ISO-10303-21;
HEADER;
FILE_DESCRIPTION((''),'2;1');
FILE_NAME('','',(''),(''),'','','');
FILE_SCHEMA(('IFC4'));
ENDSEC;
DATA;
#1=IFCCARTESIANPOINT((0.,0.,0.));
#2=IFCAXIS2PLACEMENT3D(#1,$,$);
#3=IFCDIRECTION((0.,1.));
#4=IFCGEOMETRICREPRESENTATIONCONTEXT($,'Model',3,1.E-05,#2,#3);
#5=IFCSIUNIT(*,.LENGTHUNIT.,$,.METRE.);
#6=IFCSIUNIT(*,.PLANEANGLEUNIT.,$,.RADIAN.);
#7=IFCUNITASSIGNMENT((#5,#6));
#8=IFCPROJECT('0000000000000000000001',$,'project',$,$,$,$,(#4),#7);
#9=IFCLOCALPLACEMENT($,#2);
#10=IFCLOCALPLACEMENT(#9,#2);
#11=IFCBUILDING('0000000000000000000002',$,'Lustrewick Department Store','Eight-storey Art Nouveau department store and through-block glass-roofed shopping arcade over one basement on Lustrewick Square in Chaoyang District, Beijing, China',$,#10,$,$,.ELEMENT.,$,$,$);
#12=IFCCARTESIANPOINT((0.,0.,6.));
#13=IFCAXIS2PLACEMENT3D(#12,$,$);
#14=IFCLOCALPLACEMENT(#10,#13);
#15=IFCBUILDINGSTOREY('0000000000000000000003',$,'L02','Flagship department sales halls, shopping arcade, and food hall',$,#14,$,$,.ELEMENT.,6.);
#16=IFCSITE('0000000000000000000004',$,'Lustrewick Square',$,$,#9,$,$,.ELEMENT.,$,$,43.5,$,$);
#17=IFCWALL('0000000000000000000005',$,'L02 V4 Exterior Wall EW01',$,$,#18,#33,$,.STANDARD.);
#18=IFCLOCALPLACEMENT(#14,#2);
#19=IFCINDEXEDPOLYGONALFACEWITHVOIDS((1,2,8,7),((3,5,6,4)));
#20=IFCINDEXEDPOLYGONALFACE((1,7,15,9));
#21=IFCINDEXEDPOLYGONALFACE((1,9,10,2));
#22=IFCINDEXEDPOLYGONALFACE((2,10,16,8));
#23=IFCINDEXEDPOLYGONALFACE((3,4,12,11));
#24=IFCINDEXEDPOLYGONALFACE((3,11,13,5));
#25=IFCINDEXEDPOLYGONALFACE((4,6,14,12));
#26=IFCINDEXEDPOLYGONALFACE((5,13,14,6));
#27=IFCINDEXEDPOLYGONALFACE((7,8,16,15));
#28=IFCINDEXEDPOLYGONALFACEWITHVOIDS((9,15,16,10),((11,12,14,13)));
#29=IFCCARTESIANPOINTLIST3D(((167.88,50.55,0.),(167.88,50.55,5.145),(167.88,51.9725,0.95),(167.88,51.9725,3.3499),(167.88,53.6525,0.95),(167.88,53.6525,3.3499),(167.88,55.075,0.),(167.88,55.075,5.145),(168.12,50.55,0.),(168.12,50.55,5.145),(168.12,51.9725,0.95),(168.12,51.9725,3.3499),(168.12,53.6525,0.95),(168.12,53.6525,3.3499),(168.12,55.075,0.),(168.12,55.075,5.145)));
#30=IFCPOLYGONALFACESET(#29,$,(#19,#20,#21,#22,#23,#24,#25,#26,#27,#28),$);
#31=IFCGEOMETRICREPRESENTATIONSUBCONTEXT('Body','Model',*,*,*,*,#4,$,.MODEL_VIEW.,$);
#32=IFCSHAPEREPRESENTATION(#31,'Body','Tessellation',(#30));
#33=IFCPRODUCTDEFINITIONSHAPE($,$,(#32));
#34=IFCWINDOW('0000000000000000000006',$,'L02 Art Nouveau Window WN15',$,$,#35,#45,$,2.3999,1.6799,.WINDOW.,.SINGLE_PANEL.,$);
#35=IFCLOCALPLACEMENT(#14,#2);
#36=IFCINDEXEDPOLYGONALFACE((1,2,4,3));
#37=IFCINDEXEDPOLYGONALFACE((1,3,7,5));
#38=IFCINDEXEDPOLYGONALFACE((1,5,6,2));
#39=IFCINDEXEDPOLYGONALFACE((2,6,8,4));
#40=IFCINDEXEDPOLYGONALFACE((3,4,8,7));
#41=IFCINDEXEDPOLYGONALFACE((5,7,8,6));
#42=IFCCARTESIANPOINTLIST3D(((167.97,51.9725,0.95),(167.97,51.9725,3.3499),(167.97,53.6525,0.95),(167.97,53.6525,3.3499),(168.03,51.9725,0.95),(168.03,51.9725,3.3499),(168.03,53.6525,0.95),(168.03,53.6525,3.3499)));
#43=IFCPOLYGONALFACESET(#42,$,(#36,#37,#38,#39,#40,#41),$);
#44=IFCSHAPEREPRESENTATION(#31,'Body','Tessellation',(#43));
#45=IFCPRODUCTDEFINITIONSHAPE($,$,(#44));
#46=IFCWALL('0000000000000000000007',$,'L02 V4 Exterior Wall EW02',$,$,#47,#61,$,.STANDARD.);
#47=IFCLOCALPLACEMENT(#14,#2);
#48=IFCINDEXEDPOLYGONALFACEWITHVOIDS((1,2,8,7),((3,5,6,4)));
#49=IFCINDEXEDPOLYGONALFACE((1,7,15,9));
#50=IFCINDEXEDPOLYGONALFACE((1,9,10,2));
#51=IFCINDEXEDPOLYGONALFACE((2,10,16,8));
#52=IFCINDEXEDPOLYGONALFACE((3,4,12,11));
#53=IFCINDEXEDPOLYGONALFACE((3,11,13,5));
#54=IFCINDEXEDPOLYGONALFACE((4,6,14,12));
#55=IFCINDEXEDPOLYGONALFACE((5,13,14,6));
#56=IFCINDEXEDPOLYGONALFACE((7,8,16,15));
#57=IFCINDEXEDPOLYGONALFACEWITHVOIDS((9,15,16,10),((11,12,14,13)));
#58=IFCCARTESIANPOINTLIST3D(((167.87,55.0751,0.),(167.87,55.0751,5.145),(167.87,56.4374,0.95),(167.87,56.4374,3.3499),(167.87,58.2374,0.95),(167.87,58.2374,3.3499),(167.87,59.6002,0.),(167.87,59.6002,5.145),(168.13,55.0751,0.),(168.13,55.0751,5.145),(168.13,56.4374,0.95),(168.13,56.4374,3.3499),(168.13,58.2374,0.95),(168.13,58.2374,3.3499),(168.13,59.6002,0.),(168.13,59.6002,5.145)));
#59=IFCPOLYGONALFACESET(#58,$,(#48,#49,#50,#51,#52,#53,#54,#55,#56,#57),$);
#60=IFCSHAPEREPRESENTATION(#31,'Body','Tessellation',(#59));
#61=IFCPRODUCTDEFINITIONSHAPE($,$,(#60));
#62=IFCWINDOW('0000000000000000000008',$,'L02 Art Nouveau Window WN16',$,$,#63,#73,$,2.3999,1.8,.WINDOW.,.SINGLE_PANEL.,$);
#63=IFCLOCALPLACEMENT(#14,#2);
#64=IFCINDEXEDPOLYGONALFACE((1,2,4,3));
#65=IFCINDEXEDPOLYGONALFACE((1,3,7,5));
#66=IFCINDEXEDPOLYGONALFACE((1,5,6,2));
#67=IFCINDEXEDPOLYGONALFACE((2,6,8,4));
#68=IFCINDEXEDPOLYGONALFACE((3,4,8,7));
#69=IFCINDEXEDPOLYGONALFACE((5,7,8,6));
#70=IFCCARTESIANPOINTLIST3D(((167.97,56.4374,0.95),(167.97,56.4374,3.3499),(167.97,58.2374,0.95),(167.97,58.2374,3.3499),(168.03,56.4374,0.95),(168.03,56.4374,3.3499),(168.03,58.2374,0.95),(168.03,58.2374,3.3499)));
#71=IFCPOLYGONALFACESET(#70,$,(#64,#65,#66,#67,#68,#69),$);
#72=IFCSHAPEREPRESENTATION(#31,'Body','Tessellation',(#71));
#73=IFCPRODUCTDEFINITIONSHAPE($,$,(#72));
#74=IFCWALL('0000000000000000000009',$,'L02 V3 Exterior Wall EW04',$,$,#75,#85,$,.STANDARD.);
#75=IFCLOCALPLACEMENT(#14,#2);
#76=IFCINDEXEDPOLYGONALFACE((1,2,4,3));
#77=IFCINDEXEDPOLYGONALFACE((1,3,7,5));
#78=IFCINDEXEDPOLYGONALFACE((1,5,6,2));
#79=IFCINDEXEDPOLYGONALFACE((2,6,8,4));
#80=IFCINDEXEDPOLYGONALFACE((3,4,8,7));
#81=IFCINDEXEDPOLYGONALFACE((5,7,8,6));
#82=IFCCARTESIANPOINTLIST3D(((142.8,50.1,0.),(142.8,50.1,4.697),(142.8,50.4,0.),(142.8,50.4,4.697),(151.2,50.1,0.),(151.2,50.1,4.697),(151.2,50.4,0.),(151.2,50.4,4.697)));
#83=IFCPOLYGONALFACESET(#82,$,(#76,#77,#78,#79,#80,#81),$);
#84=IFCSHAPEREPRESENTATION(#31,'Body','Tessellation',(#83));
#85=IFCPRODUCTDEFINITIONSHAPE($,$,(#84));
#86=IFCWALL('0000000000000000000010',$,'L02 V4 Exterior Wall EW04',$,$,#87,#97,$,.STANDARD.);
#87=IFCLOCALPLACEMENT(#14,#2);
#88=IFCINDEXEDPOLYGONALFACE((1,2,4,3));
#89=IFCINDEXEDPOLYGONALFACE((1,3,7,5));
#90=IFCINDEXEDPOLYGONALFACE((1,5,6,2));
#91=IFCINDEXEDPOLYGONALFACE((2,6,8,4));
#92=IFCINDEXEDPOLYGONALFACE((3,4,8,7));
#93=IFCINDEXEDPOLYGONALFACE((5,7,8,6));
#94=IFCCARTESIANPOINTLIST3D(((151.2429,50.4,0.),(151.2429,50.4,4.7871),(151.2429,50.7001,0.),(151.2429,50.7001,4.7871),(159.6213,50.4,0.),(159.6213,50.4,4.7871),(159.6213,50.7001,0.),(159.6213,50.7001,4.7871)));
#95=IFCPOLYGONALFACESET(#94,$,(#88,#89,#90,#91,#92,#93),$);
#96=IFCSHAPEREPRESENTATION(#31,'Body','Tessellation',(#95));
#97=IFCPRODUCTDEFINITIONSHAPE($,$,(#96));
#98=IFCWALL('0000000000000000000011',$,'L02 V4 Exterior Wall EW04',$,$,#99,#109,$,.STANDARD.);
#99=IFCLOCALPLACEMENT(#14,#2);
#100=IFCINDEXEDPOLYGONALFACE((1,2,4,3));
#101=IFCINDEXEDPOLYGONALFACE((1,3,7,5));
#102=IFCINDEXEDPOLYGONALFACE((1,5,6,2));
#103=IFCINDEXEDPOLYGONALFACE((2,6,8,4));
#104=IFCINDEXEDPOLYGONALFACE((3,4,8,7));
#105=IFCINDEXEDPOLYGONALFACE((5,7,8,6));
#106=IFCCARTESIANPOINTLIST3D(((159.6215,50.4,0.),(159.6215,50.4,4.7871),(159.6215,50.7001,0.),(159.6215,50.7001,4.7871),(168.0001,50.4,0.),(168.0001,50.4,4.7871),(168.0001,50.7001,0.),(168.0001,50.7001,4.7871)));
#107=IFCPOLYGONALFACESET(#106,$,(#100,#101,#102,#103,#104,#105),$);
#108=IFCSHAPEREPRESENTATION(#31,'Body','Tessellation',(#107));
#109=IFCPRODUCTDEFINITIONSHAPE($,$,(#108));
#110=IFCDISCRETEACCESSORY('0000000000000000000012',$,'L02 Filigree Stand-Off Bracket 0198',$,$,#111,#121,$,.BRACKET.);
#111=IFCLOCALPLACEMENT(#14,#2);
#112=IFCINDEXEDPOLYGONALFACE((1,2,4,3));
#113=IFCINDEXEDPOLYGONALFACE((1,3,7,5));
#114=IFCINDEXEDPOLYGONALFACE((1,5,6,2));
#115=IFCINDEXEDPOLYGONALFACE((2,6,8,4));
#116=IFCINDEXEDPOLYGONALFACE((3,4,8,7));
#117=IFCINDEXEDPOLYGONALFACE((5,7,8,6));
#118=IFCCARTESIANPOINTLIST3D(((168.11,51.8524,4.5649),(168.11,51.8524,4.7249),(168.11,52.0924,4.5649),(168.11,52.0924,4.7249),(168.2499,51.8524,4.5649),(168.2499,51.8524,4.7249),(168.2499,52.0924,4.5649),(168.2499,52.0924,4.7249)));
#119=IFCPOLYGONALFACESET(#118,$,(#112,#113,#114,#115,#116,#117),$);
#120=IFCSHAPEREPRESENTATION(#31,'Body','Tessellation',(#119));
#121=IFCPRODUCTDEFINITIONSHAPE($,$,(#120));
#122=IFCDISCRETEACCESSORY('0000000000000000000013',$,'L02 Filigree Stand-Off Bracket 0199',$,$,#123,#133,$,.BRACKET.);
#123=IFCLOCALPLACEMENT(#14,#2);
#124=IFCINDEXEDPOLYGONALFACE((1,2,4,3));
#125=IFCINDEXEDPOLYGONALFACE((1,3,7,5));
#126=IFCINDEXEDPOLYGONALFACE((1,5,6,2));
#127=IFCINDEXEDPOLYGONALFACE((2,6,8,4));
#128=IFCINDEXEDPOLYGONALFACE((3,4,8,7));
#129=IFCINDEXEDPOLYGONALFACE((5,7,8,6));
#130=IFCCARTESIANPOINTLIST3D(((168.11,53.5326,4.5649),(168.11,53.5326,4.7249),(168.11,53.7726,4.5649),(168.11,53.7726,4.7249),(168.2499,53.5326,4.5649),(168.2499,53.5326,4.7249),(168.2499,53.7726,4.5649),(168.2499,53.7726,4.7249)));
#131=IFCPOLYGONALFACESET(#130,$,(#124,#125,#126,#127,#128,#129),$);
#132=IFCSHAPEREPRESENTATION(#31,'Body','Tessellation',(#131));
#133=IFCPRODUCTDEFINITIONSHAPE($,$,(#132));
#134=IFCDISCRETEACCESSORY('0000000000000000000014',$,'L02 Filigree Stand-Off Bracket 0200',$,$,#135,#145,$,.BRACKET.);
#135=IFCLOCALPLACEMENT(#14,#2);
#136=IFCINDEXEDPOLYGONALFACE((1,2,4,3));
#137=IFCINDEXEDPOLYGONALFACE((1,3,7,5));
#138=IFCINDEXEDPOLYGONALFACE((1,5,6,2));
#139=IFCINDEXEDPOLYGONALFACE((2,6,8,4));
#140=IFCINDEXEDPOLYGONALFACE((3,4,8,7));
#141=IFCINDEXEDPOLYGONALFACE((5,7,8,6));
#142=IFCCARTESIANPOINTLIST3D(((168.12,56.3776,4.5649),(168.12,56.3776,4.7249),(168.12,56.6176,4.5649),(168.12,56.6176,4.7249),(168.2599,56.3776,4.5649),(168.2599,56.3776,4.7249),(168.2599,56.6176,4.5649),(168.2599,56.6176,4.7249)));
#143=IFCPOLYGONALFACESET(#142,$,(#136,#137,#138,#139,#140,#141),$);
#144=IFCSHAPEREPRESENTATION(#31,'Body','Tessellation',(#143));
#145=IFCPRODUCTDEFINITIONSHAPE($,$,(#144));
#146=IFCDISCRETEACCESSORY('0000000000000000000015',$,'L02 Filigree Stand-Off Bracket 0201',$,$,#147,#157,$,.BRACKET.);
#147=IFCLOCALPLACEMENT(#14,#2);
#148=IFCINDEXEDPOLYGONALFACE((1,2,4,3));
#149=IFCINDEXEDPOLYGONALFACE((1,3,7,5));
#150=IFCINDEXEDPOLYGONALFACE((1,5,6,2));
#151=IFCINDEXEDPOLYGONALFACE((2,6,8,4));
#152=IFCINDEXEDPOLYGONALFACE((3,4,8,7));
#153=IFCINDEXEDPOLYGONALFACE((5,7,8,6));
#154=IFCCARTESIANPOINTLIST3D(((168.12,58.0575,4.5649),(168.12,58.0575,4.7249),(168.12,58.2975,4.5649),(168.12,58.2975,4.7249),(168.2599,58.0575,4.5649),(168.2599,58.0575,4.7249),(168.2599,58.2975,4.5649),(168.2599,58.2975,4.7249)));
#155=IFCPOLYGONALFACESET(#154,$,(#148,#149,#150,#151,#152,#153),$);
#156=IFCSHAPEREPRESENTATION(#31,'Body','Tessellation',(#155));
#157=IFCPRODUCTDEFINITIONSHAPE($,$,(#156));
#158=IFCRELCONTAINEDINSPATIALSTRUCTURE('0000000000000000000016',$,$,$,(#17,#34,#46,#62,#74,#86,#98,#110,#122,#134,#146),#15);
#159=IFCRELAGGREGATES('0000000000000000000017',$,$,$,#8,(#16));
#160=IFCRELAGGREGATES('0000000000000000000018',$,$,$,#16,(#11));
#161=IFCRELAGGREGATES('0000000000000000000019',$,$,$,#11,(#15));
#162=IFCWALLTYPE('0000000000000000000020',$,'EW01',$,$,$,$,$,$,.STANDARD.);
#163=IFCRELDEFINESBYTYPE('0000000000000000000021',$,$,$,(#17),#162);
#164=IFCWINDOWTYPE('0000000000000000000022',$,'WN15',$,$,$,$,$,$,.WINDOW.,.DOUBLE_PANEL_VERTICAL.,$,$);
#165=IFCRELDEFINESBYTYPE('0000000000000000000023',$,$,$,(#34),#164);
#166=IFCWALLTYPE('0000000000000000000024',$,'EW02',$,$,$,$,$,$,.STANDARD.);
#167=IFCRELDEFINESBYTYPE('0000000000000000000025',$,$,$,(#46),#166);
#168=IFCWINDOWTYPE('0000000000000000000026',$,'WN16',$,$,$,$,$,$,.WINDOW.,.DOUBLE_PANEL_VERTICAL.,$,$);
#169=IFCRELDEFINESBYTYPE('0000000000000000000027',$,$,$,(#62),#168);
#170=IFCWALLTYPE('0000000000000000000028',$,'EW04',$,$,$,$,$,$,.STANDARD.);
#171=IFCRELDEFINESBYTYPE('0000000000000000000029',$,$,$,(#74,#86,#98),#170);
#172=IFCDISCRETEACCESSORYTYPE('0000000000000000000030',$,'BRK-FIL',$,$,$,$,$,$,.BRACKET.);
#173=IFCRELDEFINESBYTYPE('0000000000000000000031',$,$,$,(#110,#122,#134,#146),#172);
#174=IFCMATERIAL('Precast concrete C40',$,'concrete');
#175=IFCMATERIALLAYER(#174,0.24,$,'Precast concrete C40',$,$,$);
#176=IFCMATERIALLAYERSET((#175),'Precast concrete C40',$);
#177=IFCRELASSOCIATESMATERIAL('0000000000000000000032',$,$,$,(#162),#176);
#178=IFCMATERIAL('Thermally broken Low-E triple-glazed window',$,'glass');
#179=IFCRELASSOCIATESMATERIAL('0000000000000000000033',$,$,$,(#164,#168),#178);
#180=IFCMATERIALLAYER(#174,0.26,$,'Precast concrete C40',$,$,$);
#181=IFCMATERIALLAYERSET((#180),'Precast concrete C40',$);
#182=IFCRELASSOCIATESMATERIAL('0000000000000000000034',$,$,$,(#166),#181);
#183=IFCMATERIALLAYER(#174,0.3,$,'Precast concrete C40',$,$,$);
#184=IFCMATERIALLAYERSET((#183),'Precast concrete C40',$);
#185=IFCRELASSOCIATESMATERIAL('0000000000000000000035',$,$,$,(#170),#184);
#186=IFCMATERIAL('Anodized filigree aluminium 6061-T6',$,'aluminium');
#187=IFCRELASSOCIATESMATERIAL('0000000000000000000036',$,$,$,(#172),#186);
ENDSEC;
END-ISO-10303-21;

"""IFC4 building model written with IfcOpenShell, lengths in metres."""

from ifc_helpers import new_model, si_unit, direction, frame, frame_2d, origin, origin_2d, place, context, subcontext, project, spatial, rectangle, extrude, material, layer, layer_set, type_object, element, fill, save


model = new_model("IFC4")

# Units and contexts
model_context = context("Model", 3, precision=1e-05, world=origin(), true_north=direction((0.0, 1.0)))
body_context = subcontext(model_context, "Body", "Model", "MODEL_VIEW")
ifc_project = project(units=[si_unit("LENGTHUNIT", "METRE"), si_unit("PLANEANGLEUNIT", "RADIAN")], contexts=[model_context])

# Site, building, storey
site_placement = place(None, origin())
site = spatial("IfcSite", under=ifc_project, at=site_placement, Name="Lustrewick Square", CompositionType="ELEMENT", RefElevation=43.5)
building_placement = place(site_placement, origin())
building = spatial("IfcBuilding", under=site, at=building_placement, Name="Lustrewick Department Store", Description="Eight-storey Art Nouveau department store and through-block glass-roofed shopping arcade over one basement on Lustrewick Square in Chaoyang District, Beijing, China", CompositionType="ELEMENT")
storey_placement = place(building_placement, frame((0.0, 0.0, 6.0)))
storey = spatial("IfcBuildingStorey", under=building, at=storey_placement, Name="L02", Description="Flagship department sales halls, shopping arcade, and food hall", CompositionType="ELEMENT", Elevation=6.0)

# Walls, openings, windows
ifc_material_1 = material(Name="Precast concrete C40", Category="concrete")
ifc_layer_1 = layer(ifc_material_1, 0.24, Name="Precast concrete C40")
ifc_layer_set_1 = layer_set([ifc_layer_1], Name="Precast concrete C40")
wall_type_1 = type_object("IfcWallType", Name="EW01", PredefinedType="STANDARD", material=ifc_layer_set_1)
wall_1_placement = place(storey_placement, frame((168.0, 50.55, 0.0), z_axis=(0.0, 0.0, 1.0), x_axis=(0.0, 1.0, 0.0)))
wall_1 = element("IfcWall", 1, at=wall_1_placement, inside=storey, type_object=wall_type_1, Name="L02 V4 Exterior Wall EW01", PredefinedType="STANDARD", context=body_context, shape_type="SweptSolid", body=[
    extrude(rectangle(XDim=4.5249, YDim=0.24, at=frame_2d((2.2625, 0.0))), origin(), (0.0, 0.0, 1.0), 5.145),
])
opening_1_placement = place(wall_1_placement, frame((1.4226, 0.0, 0.95)))
opening_1 = element("IfcOpeningElement", 2, at=opening_1_placement, cuts=wall_1, PredefinedType="OPENING", context=body_context, shape_type="SweptSolid", body=[
    extrude(rectangle(XDim=1.6799, YDim=2.3999, at=frame_2d((0.8398, 1.2))), frame((0.0, 0.1299, 0.0), z_axis=(0.0, -1.0, 0.0), x_axis=(1.0, 0.0, 0.0)), (0.0, 0.0, 1.0), 0.26),
])
ifc_material_2 = material(Name="Thermally broken Low-E triple-glazed window", Category="glass")
window_type_1 = type_object("IfcWindowType", Name="WN15", PartitioningType="DOUBLE_PANEL_VERTICAL", PredefinedType="WINDOW", material=ifc_material_2)
window_1_placement = place(opening_1_placement, origin())
window_1 = element("IfcWindow", 3, at=window_1_placement, inside=storey, type_object=window_type_1, Name="L02 Art Nouveau Window WN15", OverallHeight=2.3999, OverallWidth=1.6799, PartitioningType="SINGLE_PANEL", PredefinedType="WINDOW", context=body_context, shape_type="SweptSolid", body=[
    extrude(rectangle(XDim=1.6799, YDim=2.3999, at=frame_2d((0.8398, 1.2))), frame((0.0, 0.03, 0.0), z_axis=(0.0, -1.0, 0.0), x_axis=(1.0, 0.0, 0.0)), (0.0, 0.0, 1.0), 0.0601),
])
fill(opening_1, window_1)
ifc_layer_2 = layer(ifc_material_1, 0.26, Name="Precast concrete C40")
ifc_layer_set_2 = layer_set([ifc_layer_2], Name="Precast concrete C40")
wall_type_2 = type_object("IfcWallType", Name="EW02", PredefinedType="STANDARD", material=ifc_layer_set_2)
wall_2_placement = place(storey_placement, frame((168.0, 55.075, 0.0), z_axis=(0.0, 0.0, 1.0), x_axis=(0.0, 1.0, 0.0)))
wall_2 = element("IfcWall", 4, at=wall_2_placement, inside=storey, type_object=wall_type_2, Name="L02 V4 Exterior Wall EW02", PredefinedType="STANDARD", context=body_context, shape_type="SweptSolid", body=[
    extrude(rectangle(XDim=4.5251, YDim=0.26, at=frame_2d((2.2627, 0.0))), origin(), (0.0, 0.0, 1.0), 5.145),
])
opening_2_placement = place(wall_2_placement, frame((1.3625, 0.0, 0.95)))
opening_2 = element("IfcOpeningElement", 5, at=opening_2_placement, cuts=wall_2, PredefinedType="OPENING", context=body_context, shape_type="SweptSolid", body=[
    extrude(rectangle(XDim=1.8, YDim=2.3999, at=frame_2d((0.8999, 1.2))), frame((0.0, 0.1401, 0.0), z_axis=(0.0, -1.0, 0.0), x_axis=(1.0, 0.0, 0.0)), (0.0, 0.0, 1.0), 0.28),
])
window_type_2 = type_object("IfcWindowType", Name="WN16", PartitioningType="DOUBLE_PANEL_VERTICAL", PredefinedType="WINDOW", material=ifc_material_2)
window_2_placement = place(opening_2_placement, origin())
window_2 = element("IfcWindow", 6, at=window_2_placement, inside=storey, type_object=window_type_2, Name="L02 Art Nouveau Window WN16", OverallHeight=2.3999, OverallWidth=1.8, PartitioningType="SINGLE_PANEL", PredefinedType="WINDOW", context=body_context, shape_type="SweptSolid", body=[
    extrude(rectangle(XDim=1.8, YDim=2.3999, at=frame_2d((0.8999, 1.2))), frame((0.0, 0.03, 0.0), z_axis=(0.0, -1.0, 0.0), x_axis=(1.0, 0.0, 0.0)), (0.0, 0.0, 1.0), 0.0601),
])
fill(opening_2, window_2)

# Walls
ifc_layer_3 = layer(ifc_material_1, 0.3, Name="Precast concrete C40")
ifc_layer_set_3 = layer_set([ifc_layer_3], Name="Precast concrete C40")
wall_type_3 = type_object("IfcWallType", Name="EW04", PredefinedType="STANDARD", material=ifc_layer_set_3)
wall_3_placement = place(storey_placement, frame((151.2, 50.25, 0.0), z_axis=(0.0, 0.0, 1.0), x_axis=(-1.0, 0.0, 0.0)))
element("IfcWall", 7, at=wall_3_placement, inside=storey, type_object=wall_type_3, Name="L02 V3 Exterior Wall EW04", PredefinedType="STANDARD", context=body_context, shape_type="SweptSolid", body=[
    extrude(rectangle(XDim=8.3999, YDim=0.3, at=frame_2d((4.2, 0.0))), origin(), (0.0, 0.0, 1.0), 4.697),
])
wall_4_placement = place(storey_placement, frame((151.2429, 50.55, 0.0), z_axis=(0.0, 0.0, 1.0), x_axis=(1.0, 0.0, 0.0)))
element("IfcWall", 8, at=wall_4_placement, inside=storey, type_object=wall_type_3, Name="L02 V4 Exterior Wall EW04", PredefinedType="STANDARD", context=body_context, shape_type="SweptSolid", body=[
    extrude(rectangle(XDim=8.3784, YDim=0.3, at=frame_2d((4.1892, 0.0))), origin(), (0.0, 0.0, 1.0), 4.7871),
])
wall_5_placement = place(storey_placement, frame((159.6213, 50.55, 0.0), z_axis=(0.0, 0.0, 1.0), x_axis=(1.0, 0.0, 0.0)))
element("IfcWall", 9, at=wall_5_placement, inside=storey, type_object=wall_type_3, Name="L02 V4 Exterior Wall EW04", PredefinedType="STANDARD", context=body_context, shape_type="SweptSolid", body=[
    extrude(rectangle(XDim=8.3787, YDim=0.3, at=frame_2d((4.1895, 0.0))), origin(), (0.0, 0.0, 1.0), 4.7871),
])

# Discrete accessories
ifc_material_3 = material(Name="Anodized filigree aluminium 6061-T6", Category="aluminium")
discrete_accessory_type = type_object("IfcDiscreteAccessoryType", Name="BRK-FIL", PredefinedType="BRACKET", material=ifc_material_3)
for number, where, z_axis, x_axis, name in (
    (10, (168.1799, 51.9724, 4.5649), (0.0, 0.0, 1.0), (0.0, 1.0, 0.0), "L02 Filigree Stand-Off Bracket 0198"),
    (11, (168.1799, 53.6526, 4.5649), (0.0, 0.0, 1.0), (0.0, 1.0, 0.0), "L02 Filigree Stand-Off Bracket 0199"),
    (12, (168.1899, 56.4976, 4.5649), (0.0, 0.0, 1.0), (0.0, 1.0, 0.0), "L02 Filigree Stand-Off Bracket 0200"),
    (13, (168.1899, 58.1775, 4.5649), (0.0, 0.0, 1.0), (0.0, 1.0, 0.0), "L02 Filigree Stand-Off Bracket 0201"),
):
    element("IfcDiscreteAccessory", number, at=place(storey_placement, frame(where, z_axis=z_axis, x_axis=x_axis)), inside=storey, type_object=discrete_accessory_type, Name=name, PredefinedType="BRACKET", context=body_context, shape_type="SweptSolid", body=[
        extrude(rectangle(XDim=0.24, YDim=0.1399, at=origin_2d()), origin(), (0.0, 0.0, 1.0), 0.1599),
    ])

save(model, "model.ifc")
